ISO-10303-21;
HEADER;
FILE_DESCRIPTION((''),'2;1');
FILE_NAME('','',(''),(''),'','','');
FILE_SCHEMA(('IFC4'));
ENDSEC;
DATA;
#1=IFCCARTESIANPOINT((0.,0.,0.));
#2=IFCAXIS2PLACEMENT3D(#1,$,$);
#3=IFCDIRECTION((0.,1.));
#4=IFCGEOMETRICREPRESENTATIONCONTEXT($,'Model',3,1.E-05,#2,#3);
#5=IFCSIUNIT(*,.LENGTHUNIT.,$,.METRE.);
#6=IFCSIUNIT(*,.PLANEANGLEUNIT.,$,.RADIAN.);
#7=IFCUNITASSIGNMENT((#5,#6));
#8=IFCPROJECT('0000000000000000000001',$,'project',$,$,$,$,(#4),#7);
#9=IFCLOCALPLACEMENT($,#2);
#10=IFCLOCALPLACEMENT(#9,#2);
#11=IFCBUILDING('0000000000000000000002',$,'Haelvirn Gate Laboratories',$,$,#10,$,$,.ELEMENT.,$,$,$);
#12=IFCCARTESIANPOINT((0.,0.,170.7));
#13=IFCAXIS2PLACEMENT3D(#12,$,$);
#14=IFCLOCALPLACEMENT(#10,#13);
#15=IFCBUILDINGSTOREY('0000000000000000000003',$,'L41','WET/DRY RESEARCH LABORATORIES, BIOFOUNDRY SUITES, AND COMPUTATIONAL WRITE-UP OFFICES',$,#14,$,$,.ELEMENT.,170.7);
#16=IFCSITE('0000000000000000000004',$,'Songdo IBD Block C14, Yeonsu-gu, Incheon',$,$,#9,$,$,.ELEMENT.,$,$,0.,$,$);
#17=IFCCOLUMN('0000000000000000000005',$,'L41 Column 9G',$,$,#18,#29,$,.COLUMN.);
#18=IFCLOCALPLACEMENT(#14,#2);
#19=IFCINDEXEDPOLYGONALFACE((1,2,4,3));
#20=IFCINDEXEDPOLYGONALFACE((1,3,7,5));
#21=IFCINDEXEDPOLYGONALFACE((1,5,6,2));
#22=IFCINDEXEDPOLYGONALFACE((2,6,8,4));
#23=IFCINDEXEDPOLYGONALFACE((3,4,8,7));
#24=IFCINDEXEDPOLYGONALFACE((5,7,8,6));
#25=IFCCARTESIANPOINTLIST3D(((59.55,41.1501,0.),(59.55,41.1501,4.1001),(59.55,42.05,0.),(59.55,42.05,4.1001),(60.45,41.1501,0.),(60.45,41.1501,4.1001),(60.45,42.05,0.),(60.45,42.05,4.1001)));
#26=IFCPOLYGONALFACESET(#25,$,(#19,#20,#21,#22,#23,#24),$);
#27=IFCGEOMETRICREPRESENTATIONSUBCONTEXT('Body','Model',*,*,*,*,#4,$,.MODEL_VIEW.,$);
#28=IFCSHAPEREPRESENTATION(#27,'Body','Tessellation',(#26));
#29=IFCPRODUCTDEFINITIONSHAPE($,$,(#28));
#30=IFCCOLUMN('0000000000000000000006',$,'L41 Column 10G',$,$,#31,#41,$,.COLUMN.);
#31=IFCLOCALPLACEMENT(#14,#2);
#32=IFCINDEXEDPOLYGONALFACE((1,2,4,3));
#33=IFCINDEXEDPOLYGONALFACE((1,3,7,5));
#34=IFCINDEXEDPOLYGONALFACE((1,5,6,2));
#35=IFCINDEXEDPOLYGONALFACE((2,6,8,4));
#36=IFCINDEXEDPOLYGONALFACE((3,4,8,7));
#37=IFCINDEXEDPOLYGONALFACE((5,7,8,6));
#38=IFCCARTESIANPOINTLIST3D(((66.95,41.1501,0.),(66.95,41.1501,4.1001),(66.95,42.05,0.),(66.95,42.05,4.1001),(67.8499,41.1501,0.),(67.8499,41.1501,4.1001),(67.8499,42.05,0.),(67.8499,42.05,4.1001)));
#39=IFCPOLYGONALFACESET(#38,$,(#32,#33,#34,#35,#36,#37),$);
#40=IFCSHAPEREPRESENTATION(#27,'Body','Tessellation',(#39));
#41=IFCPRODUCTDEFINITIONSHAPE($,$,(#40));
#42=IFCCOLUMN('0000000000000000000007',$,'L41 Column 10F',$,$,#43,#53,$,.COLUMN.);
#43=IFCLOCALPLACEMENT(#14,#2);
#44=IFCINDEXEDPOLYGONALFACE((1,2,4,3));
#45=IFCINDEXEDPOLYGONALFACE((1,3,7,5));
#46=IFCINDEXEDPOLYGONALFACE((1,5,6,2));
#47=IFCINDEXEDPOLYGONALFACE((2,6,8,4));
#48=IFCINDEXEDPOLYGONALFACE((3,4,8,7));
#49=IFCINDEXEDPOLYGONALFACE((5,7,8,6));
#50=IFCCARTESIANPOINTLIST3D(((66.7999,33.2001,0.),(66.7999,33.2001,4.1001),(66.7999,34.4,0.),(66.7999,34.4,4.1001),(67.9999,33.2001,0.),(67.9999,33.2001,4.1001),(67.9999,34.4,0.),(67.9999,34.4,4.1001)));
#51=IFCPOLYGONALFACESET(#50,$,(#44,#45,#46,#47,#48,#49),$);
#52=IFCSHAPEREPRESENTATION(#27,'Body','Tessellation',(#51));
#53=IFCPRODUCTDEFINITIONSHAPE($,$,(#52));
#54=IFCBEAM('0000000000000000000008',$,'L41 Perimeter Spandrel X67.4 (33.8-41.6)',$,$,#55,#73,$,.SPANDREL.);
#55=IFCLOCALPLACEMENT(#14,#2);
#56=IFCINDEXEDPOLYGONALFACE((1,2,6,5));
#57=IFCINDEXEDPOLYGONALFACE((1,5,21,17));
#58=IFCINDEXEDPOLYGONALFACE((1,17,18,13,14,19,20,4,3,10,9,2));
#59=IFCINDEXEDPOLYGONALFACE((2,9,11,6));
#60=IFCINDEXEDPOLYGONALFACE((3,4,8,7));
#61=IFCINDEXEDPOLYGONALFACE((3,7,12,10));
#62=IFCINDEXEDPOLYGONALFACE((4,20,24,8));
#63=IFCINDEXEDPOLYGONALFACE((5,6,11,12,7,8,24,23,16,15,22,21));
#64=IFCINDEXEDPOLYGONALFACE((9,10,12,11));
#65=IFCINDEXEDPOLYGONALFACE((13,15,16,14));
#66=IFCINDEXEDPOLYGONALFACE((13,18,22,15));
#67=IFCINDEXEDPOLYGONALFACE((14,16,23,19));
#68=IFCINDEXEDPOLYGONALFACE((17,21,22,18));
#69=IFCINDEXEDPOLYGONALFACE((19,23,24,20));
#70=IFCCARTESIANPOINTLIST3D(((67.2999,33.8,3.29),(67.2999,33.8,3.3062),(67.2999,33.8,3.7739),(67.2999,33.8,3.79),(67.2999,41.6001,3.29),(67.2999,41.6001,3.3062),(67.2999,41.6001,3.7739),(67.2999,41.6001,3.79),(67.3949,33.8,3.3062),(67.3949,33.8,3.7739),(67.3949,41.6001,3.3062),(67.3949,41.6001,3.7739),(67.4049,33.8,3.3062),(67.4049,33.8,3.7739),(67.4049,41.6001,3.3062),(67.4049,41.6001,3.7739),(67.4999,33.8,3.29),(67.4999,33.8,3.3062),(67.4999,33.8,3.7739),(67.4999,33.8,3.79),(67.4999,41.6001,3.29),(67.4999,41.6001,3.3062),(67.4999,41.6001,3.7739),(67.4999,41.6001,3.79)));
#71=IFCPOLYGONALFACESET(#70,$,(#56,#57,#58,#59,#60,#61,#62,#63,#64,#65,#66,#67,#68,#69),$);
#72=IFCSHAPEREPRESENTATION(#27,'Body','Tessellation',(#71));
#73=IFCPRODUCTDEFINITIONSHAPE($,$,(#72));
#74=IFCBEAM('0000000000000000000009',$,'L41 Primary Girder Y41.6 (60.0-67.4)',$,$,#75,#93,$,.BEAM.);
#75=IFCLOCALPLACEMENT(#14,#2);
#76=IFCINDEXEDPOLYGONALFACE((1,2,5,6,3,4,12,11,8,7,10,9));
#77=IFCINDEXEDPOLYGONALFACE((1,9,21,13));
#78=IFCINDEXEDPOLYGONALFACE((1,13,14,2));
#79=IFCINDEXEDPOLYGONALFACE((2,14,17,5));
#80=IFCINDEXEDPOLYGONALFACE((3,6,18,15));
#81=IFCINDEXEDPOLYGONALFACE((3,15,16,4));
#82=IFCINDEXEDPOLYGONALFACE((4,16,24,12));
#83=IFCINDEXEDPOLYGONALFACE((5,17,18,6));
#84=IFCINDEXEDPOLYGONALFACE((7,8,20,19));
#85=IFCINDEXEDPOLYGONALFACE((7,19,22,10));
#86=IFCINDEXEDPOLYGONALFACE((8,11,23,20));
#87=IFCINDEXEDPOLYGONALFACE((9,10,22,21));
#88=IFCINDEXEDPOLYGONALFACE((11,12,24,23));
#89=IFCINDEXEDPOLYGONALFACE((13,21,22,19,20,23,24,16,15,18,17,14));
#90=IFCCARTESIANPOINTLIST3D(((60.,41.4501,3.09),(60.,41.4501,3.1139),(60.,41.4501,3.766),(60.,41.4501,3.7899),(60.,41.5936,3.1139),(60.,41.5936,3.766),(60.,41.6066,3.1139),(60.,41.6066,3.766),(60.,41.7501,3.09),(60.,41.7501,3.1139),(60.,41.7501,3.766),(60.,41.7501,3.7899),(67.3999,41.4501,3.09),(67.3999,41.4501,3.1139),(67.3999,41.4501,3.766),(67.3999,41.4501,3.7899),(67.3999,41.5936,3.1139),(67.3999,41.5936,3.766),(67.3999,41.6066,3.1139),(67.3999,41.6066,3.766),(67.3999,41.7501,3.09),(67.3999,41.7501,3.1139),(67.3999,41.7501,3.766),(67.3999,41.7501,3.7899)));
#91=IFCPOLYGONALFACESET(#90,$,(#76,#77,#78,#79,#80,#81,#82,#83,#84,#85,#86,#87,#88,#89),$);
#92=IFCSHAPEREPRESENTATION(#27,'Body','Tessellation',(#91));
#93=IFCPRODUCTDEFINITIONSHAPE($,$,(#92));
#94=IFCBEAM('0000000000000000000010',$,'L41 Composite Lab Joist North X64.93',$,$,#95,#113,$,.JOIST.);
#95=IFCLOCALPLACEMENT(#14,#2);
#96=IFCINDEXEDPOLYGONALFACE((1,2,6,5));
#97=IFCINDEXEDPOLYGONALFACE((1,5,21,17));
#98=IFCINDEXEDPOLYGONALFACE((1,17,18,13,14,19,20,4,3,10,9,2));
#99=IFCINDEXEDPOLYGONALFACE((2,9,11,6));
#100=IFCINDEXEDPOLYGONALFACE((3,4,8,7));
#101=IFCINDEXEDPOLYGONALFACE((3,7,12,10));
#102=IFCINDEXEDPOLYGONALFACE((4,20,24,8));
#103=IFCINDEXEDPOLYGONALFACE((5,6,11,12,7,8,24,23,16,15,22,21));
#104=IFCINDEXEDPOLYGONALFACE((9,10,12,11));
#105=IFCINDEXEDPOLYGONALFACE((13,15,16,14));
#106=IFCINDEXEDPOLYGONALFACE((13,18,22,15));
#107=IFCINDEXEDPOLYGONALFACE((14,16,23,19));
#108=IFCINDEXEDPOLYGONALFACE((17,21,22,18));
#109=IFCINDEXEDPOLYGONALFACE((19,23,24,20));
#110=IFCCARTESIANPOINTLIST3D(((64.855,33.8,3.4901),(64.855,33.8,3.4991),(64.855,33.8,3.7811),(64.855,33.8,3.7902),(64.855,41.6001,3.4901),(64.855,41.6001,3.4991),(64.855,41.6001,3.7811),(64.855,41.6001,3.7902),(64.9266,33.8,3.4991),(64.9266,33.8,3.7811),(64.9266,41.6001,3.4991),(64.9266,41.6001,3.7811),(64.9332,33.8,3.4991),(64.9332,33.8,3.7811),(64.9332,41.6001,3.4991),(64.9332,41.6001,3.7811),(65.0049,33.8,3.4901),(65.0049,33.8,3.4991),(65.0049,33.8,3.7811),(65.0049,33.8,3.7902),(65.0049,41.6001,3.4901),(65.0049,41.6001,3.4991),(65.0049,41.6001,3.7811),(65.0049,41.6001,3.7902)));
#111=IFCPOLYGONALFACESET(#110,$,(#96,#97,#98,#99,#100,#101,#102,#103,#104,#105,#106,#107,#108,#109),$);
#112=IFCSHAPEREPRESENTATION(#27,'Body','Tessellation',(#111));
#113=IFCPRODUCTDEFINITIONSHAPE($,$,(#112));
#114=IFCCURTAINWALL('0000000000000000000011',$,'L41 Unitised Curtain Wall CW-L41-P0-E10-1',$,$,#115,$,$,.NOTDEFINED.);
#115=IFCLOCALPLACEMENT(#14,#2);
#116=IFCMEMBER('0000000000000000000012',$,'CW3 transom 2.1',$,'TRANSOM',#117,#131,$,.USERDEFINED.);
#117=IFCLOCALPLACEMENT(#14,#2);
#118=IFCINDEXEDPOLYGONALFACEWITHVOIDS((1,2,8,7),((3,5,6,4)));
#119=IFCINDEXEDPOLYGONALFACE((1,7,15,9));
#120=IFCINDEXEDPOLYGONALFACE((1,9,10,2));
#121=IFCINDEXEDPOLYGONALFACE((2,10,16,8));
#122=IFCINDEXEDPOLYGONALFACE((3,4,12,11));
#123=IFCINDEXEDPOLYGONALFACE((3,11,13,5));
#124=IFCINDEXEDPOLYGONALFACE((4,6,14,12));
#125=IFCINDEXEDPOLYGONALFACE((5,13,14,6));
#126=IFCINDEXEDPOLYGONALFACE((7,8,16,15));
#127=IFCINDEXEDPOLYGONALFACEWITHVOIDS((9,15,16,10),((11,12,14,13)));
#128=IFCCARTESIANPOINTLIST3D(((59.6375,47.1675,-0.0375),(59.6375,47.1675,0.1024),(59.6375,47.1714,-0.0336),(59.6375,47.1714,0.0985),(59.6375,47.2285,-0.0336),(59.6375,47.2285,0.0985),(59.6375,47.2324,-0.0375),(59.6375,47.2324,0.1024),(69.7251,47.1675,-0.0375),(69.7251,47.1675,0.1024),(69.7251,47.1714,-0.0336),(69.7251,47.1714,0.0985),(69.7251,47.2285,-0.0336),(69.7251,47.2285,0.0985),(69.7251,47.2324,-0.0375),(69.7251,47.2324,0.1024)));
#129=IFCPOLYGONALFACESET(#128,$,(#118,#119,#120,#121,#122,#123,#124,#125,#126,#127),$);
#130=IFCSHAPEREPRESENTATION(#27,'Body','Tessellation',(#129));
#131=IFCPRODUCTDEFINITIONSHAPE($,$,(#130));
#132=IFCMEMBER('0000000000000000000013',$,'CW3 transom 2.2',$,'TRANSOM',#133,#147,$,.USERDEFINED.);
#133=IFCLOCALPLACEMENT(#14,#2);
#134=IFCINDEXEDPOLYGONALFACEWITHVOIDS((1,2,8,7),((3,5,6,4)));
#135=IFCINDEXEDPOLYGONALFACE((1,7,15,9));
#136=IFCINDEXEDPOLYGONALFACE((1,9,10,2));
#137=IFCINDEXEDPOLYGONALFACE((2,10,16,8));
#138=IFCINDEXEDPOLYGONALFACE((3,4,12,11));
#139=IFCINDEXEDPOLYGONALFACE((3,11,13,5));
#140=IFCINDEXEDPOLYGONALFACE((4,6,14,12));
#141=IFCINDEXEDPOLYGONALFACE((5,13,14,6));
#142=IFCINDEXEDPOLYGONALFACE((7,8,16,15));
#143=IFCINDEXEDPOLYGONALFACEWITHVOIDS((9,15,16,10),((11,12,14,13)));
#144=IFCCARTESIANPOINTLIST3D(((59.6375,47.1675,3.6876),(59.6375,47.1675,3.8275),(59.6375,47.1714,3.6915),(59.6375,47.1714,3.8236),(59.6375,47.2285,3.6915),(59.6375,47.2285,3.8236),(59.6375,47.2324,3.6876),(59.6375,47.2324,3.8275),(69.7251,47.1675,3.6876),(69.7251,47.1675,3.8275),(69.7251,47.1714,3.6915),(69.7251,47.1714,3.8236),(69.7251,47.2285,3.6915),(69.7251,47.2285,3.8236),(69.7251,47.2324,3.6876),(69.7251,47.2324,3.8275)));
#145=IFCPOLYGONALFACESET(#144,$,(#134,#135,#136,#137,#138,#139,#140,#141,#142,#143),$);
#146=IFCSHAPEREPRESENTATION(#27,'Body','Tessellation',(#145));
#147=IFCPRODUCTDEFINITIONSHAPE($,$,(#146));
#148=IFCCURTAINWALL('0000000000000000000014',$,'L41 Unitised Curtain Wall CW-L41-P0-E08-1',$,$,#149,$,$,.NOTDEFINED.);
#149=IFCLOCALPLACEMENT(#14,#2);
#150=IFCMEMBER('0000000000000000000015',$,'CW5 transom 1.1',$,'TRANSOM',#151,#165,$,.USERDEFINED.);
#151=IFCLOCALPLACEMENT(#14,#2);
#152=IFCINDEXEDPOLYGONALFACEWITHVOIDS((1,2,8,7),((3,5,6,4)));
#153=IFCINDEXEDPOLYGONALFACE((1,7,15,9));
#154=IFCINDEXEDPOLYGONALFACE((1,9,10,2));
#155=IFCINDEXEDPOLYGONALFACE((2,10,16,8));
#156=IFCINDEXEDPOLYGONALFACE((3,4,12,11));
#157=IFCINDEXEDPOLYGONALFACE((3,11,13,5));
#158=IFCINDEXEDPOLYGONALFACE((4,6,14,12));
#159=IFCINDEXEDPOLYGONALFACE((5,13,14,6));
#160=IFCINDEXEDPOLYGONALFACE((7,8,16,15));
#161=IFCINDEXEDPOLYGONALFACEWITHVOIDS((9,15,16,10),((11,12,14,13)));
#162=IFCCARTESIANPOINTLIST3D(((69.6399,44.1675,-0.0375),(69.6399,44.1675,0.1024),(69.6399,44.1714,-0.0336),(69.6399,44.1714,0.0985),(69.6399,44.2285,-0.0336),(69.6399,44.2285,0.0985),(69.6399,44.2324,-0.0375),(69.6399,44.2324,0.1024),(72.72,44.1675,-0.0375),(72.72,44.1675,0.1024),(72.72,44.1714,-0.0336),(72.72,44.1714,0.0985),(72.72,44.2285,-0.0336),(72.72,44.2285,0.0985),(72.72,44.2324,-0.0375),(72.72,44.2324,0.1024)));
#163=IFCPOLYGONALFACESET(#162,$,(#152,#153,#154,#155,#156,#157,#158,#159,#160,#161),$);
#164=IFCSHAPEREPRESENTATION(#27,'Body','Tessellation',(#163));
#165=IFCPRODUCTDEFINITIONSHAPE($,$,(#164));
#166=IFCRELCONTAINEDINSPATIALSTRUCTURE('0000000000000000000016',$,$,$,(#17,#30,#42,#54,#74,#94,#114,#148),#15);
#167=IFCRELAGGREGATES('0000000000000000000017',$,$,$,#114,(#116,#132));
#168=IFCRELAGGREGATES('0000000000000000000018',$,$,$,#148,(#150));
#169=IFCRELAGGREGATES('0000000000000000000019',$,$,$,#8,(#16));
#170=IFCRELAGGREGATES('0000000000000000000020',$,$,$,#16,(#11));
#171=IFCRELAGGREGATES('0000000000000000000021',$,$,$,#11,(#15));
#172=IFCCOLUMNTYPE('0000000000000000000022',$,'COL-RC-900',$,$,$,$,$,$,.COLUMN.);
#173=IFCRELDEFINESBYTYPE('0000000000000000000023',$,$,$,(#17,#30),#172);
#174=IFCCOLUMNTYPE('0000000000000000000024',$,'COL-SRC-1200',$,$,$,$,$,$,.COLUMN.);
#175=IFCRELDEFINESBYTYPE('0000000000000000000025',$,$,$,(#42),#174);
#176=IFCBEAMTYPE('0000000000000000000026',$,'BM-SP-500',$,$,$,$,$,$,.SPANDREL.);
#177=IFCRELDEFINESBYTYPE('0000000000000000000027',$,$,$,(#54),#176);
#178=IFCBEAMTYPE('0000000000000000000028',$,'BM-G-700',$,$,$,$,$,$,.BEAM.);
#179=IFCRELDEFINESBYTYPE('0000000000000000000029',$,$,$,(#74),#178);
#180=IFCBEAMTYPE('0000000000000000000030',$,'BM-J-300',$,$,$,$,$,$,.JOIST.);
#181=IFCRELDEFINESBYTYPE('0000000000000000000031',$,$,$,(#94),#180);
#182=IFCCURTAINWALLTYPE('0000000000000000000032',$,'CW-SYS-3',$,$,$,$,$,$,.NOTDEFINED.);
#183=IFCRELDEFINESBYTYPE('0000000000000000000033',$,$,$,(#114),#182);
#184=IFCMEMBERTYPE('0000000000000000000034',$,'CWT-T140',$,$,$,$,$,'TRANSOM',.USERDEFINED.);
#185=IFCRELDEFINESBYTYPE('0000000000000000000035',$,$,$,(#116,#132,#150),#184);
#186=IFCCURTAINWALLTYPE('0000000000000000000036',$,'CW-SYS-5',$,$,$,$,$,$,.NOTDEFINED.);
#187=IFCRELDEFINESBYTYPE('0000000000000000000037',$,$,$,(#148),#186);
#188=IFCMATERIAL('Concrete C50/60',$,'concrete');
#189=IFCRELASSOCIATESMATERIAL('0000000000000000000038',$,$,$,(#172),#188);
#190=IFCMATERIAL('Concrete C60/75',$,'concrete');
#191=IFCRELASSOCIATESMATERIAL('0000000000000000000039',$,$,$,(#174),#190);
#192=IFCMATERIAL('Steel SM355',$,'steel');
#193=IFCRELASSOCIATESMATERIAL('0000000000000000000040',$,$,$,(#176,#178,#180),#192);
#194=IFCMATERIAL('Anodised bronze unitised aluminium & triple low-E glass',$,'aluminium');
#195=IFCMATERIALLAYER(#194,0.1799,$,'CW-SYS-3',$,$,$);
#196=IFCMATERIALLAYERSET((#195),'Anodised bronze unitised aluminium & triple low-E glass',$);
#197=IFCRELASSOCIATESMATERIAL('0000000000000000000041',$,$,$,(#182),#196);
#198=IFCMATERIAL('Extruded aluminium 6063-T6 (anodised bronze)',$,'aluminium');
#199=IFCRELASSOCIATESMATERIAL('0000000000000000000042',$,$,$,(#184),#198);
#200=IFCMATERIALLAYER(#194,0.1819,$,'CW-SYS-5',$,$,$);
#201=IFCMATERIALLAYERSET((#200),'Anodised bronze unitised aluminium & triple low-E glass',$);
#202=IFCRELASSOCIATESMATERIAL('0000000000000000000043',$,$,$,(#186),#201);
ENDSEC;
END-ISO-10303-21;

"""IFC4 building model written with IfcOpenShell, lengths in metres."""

from ifc_helpers import new_model, si_unit, direction, frame, origin, origin_2d, place, context, subcontext, project, spatial, rectangle, hollow_rectangle, i_section, extrude, source, transform, mapped, material, layer, layer_set, material_profile, profile_set, type_object, type_shapes, element, aggregate, save


model = new_model("IFC4")

# Units and contexts
model_context = context("Model", 3, precision=1e-05, world=origin(), true_north=direction((0.0, 1.0)))
body_context = subcontext(model_context, "Body", "Model", "MODEL_VIEW")
ifc_project = project(units=[si_unit("LENGTHUNIT", "METRE"), si_unit("PLANEANGLEUNIT", "RADIAN")], contexts=[model_context])

# Site, building, storey
site_placement = place(None, origin())
site = spatial("IfcSite", under=ifc_project, at=site_placement, Name="Songdo IBD Block C14, Yeonsu-gu, Incheon", CompositionType="ELEMENT", RefElevation=0.0)
building_placement = place(site_placement, origin())
building = spatial("IfcBuilding", under=site, at=building_placement, Name="Haelvirn Gate Laboratories", CompositionType="ELEMENT")
storey_placement = place(building_placement, frame((0.0, 0.0, 170.7)))
storey = spatial("IfcBuildingStorey", under=building, at=storey_placement, Name="L41", Description="WET/DRY RESEARCH LABORATORIES, BIOFOUNDRY SUITES, AND COMPUTATIONAL WRITE-UP OFFICES", CompositionType="ELEMENT", Elevation=170.7)

# Columns
ifc_material_1 = material(Name="Concrete C50/60", Category="concrete")
ifc_material_profile_1 = material_profile(ifc_material_1, rectangle(XDim=0.8999, YDim=0.8999, at=origin_2d()), Name="RC-900x900")
ifc_profile_set_1 = profile_set([ifc_material_profile_1], Name="Concrete C50/60")
column_type_1 = type_object("IfcColumnType", Name="COL-RC-900", PredefinedType="COLUMN", material=ifc_profile_set_1)
shared_shape_1 = source(origin(), body_context, "Body", "SweptSolid", [
    extrude(rectangle(XDim=0.8999, YDim=0.8999, at=origin_2d()), origin(), (0.0, 0.0, 1.0), 4.1001),
])
type_shapes(column_type_1, [shared_shape_1])
for number, where, z_axis, x_axis, name in (
    (1, (60.0, 41.6001, 0.0), (0.0, 0.0, 1.0), (1.0, 0.0, 0.0), "L41 Column 9G"),
    (2, (67.3999, 41.6001, 0.0), (0.0, 0.0, 1.0), (1.0, 0.0, 0.0), "L41 Column 10G"),
):
    element("IfcColumn", number, at=place(storey_placement, frame(where, z_axis=z_axis, x_axis=x_axis)), inside=storey, type_object=column_type_1, Name=name, PredefinedType="COLUMN", context=body_context, shape_type="MappedRepresentation", body=[
        mapped(shared_shape_1, transform((0.0, 0.0, 0.0), scale=1.0)),
    ])
ifc_material_2 = material(Name="Concrete C60/75", Category="concrete")
ifc_material_profile_2 = material_profile(ifc_material_2, rectangle(XDim=1.2, YDim=1.2, at=origin_2d()), Name="SRC-1200x1200")
ifc_profile_set_2 = profile_set([ifc_material_profile_2], Name="Concrete C60/75")
column_type_2 = type_object("IfcColumnType", Name="COL-SRC-1200", PredefinedType="COLUMN", material=ifc_profile_set_2)
shared_shape_2 = source(origin(), body_context, "Body", "SweptSolid", [
    extrude(rectangle(XDim=1.2, YDim=1.2, at=origin_2d()), origin(), (0.0, 0.0, 1.0), 4.1001),
])
type_shapes(column_type_2, [shared_shape_2])
column_placement = place(storey_placement, frame((67.3999, 33.8, 0.0), z_axis=(0.0, 0.0, 1.0), x_axis=(1.0, 0.0, 0.0)))
element("IfcColumn", 3, at=column_placement, inside=storey, type_object=column_type_2, Name="L41 Column 10F", PredefinedType="COLUMN", context=body_context, shape_type="MappedRepresentation", body=[
    mapped(shared_shape_2, transform((0.0, 0.0, 0.0), scale=1.0)),
])

# Beams
ifc_material_3 = material(Name="Steel SM355", Category="steel")
ifc_material_profile_3 = material_profile(ifc_material_3, i_section(OverallWidth=0.2, OverallDepth=0.5, WebThickness=0.01, FlangeThickness=0.0161, at=origin_2d()), Name="H-500x200x10x16")
ifc_profile_set_3 = profile_set([ifc_material_profile_3], Name="Steel SM355")
beam_type_1 = type_object("IfcBeamType", Name="BM-SP-500", PredefinedType="SPANDREL", material=ifc_profile_set_3)
shared_shape_3 = source(origin(), body_context, "Body", "SweptSolid", [
    extrude(i_section(OverallWidth=0.2, OverallDepth=0.5, WebThickness=0.01, FlangeThickness=0.0161, at=origin_2d()), origin(), (0.0, 0.0, 1.0), 7.8),
])
type_shapes(beam_type_1, [shared_shape_3])
beam_1_placement = place(storey_placement, frame((67.3999, 33.8, 3.54), z_axis=(0.0, 1.0, 0.0), x_axis=(-1.0, 0.0, 0.0)))
element("IfcBeam", 4, at=beam_1_placement, inside=storey, type_object=beam_type_1, Name="L41 Perimeter Spandrel X67.4 (33.8-41.6)", PredefinedType="SPANDREL", context=body_context, shape_type="MappedRepresentation", body=[
    mapped(shared_shape_3, transform((0.0, 0.0, 0.0), scale=1.0)),
])
ifc_material_profile_4 = material_profile(ifc_material_3, i_section(OverallWidth=0.3, OverallDepth=0.7, WebThickness=0.0129, FlangeThickness=0.0239, at=origin_2d()), Name="H-700x300x13x24")
ifc_profile_set_4 = profile_set([ifc_material_profile_4], Name="Steel SM355")
beam_type_2 = type_object("IfcBeamType", Name="BM-G-700", PredefinedType="BEAM", material=ifc_profile_set_4)
shared_shape_4 = source(origin(), body_context, "Body", "SweptSolid", [
    extrude(i_section(OverallWidth=0.3, OverallDepth=0.7, WebThickness=0.0129, FlangeThickness=0.0239, at=origin_2d()), origin(), (0.0, 0.0, 1.0), 7.3999),
])
type_shapes(beam_type_2, [shared_shape_4])
beam_2_placement = place(storey_placement, frame((60.0, 41.6001, 3.4399), z_axis=(1.0, 0.0, 0.0), x_axis=(0.0, 1.0, 0.0)))
element("IfcBeam", 5, at=beam_2_placement, inside=storey, type_object=beam_type_2, Name="L41 Primary Girder Y41.6 (60.0-67.4)", PredefinedType="BEAM", context=body_context, shape_type="MappedRepresentation", body=[
    mapped(shared_shape_4, transform((0.0, 0.0, 0.0), scale=1.0)),
])
ifc_material_profile_5 = material_profile(ifc_material_3, i_section(OverallWidth=0.1499, OverallDepth=0.3, WebThickness=0.0066, FlangeThickness=0.009, at=origin_2d()), Name="H-300x150x6.5x9")
ifc_profile_set_5 = profile_set([ifc_material_profile_5], Name="Steel SM355")
beam_type_3 = type_object("IfcBeamType", Name="BM-J-300", PredefinedType="JOIST", material=ifc_profile_set_5)
shared_shape_5 = source(origin(), body_context, "Body", "SweptSolid", [
    extrude(i_section(OverallWidth=0.1499, OverallDepth=0.3, WebThickness=0.0066, FlangeThickness=0.009, at=origin_2d()), origin(), (0.0, 0.0, 1.0), 7.8),
])
type_shapes(beam_type_3, [shared_shape_5])
beam_3_placement = place(storey_placement, frame((64.9299, 33.8, 3.6401), z_axis=(0.0, 1.0, 0.0), x_axis=(-1.0, 0.0, 0.0)))
element("IfcBeam", 6, at=beam_3_placement, inside=storey, type_object=beam_type_3, Name="L41 Composite Lab Joist North X64.93", PredefinedType="JOIST", context=body_context, shape_type="MappedRepresentation", body=[
    mapped(shared_shape_5, transform((0.0, 0.0, 0.0), scale=1.0)),
])

# Curtain walls, members
ifc_material_4 = material(Name="Anodised bronze unitised aluminium & triple low-E glass", Category="aluminium")
ifc_layer_1 = layer(ifc_material_4, 0.1799, Name="CW-SYS-3")
ifc_layer_set_1 = layer_set([ifc_layer_1], Name="Anodised bronze unitised aluminium & triple low-E glass")
curtain_wall_type_1 = type_object("IfcCurtainWallType", Name="CW-SYS-3", PredefinedType="NOTDEFINED", material=ifc_layer_set_1)
curtain_wall_1_placement = place(storey_placement, origin())
curtain_wall_1 = element("IfcCurtainWall", 7, at=curtain_wall_1_placement, inside=storey, type_object=curtain_wall_type_1, Name="L41 Unitised Curtain Wall CW-L41-P0-E10-1", PredefinedType="NOTDEFINED")
ifc_material_5 = material(Name="Extruded aluminium 6063-T6 (anodised bronze)", Category="aluminium")
ifc_material_profile_6 = material_profile(ifc_material_5, hollow_rectangle(XDim=0.0649, YDim=0.1399, WallThickness=0.0039, at=origin_2d()), Name="CWT-140x65x4")
ifc_profile_set_6 = profile_set([ifc_material_profile_6], Name="Extruded aluminium 6063-T6 (anodised bronze)")
member_type_1 = type_object("IfcMemberType", Name="CWT-T140", ElementType="TRANSOM", PredefinedType="USERDEFINED", material=ifc_profile_set_6)
shared_shape_6 = source(origin(), body_context, "Body", "SweptSolid", [
    extrude(hollow_rectangle(XDim=0.0649, YDim=0.1399, WallThickness=0.0039, at=origin_2d()), origin(), (0.0, 0.0, 1.0), 10.0876),
])
member_1_placement = place(storey_placement, frame((59.6375, 47.2, 0.0325), z_axis=(1.0, 0.0, 0.0), x_axis=(0.0, 1.0, 0.0)))
member_1 = element("IfcMember", 8, at=member_1_placement, type_object=member_type_1, Name="CW3 transom 2.1", ObjectType="TRANSOM", PredefinedType="USERDEFINED", context=body_context, shape_type="MappedRepresentation", body=[
    mapped(shared_shape_6, transform((0.0, 0.0, 0.0), scale=1.0)),
])
member_2_placement = place(storey_placement, frame((59.6375, 47.2, 3.7576), z_axis=(1.0, 0.0, 0.0), x_axis=(0.0, 1.0, 0.0)))
member_2 = element("IfcMember", 9, at=member_2_placement, type_object=member_type_1, Name="CW3 transom 2.2", ObjectType="TRANSOM", PredefinedType="USERDEFINED", context=body_context, shape_type="MappedRepresentation", body=[
    mapped(shared_shape_6, transform((0.0, 0.0, 0.0), scale=1.0)),
])
ifc_layer_2 = layer(ifc_material_4, 0.1819, Name="CW-SYS-5")
ifc_layer_set_2 = layer_set([ifc_layer_2], Name="Anodised bronze unitised aluminium & triple low-E glass")
curtain_wall_type_2 = type_object("IfcCurtainWallType", Name="CW-SYS-5", PredefinedType="NOTDEFINED", material=ifc_layer_set_2)
curtain_wall_2_placement = place(storey_placement, origin())
curtain_wall_2 = element("IfcCurtainWall", 10, at=curtain_wall_2_placement, inside=storey, type_object=curtain_wall_type_2, Name="L41 Unitised Curtain Wall CW-L41-P0-E08-1", PredefinedType="NOTDEFINED")
shared_shape_7 = source(origin(), body_context, "Body", "SweptSolid", [
    extrude(hollow_rectangle(XDim=0.0649, YDim=0.1399, WallThickness=0.0039, at=origin_2d()), origin(), (0.0, 0.0, 1.0), 3.0801),
])
type_shapes(member_type_1, [shared_shape_6, shared_shape_7])
member_3_placement = place(storey_placement, frame((69.6399, 44.2, 0.0325), z_axis=(1.0, 0.0, 0.0), x_axis=(0.0, 1.0, 0.0)))
member_3 = element("IfcMember", 11, at=member_3_placement, type_object=member_type_1, Name="CW5 transom 1.1", ObjectType="TRANSOM", PredefinedType="USERDEFINED", context=body_context, shape_type="MappedRepresentation", body=[
    mapped(shared_shape_7, transform((0.0, 0.0, 0.0), scale=1.0)),
])

aggregate(curtain_wall_1, [member_1, member_2])
aggregate(curtain_wall_2, [member_3])

save(model, "model.ifc")
